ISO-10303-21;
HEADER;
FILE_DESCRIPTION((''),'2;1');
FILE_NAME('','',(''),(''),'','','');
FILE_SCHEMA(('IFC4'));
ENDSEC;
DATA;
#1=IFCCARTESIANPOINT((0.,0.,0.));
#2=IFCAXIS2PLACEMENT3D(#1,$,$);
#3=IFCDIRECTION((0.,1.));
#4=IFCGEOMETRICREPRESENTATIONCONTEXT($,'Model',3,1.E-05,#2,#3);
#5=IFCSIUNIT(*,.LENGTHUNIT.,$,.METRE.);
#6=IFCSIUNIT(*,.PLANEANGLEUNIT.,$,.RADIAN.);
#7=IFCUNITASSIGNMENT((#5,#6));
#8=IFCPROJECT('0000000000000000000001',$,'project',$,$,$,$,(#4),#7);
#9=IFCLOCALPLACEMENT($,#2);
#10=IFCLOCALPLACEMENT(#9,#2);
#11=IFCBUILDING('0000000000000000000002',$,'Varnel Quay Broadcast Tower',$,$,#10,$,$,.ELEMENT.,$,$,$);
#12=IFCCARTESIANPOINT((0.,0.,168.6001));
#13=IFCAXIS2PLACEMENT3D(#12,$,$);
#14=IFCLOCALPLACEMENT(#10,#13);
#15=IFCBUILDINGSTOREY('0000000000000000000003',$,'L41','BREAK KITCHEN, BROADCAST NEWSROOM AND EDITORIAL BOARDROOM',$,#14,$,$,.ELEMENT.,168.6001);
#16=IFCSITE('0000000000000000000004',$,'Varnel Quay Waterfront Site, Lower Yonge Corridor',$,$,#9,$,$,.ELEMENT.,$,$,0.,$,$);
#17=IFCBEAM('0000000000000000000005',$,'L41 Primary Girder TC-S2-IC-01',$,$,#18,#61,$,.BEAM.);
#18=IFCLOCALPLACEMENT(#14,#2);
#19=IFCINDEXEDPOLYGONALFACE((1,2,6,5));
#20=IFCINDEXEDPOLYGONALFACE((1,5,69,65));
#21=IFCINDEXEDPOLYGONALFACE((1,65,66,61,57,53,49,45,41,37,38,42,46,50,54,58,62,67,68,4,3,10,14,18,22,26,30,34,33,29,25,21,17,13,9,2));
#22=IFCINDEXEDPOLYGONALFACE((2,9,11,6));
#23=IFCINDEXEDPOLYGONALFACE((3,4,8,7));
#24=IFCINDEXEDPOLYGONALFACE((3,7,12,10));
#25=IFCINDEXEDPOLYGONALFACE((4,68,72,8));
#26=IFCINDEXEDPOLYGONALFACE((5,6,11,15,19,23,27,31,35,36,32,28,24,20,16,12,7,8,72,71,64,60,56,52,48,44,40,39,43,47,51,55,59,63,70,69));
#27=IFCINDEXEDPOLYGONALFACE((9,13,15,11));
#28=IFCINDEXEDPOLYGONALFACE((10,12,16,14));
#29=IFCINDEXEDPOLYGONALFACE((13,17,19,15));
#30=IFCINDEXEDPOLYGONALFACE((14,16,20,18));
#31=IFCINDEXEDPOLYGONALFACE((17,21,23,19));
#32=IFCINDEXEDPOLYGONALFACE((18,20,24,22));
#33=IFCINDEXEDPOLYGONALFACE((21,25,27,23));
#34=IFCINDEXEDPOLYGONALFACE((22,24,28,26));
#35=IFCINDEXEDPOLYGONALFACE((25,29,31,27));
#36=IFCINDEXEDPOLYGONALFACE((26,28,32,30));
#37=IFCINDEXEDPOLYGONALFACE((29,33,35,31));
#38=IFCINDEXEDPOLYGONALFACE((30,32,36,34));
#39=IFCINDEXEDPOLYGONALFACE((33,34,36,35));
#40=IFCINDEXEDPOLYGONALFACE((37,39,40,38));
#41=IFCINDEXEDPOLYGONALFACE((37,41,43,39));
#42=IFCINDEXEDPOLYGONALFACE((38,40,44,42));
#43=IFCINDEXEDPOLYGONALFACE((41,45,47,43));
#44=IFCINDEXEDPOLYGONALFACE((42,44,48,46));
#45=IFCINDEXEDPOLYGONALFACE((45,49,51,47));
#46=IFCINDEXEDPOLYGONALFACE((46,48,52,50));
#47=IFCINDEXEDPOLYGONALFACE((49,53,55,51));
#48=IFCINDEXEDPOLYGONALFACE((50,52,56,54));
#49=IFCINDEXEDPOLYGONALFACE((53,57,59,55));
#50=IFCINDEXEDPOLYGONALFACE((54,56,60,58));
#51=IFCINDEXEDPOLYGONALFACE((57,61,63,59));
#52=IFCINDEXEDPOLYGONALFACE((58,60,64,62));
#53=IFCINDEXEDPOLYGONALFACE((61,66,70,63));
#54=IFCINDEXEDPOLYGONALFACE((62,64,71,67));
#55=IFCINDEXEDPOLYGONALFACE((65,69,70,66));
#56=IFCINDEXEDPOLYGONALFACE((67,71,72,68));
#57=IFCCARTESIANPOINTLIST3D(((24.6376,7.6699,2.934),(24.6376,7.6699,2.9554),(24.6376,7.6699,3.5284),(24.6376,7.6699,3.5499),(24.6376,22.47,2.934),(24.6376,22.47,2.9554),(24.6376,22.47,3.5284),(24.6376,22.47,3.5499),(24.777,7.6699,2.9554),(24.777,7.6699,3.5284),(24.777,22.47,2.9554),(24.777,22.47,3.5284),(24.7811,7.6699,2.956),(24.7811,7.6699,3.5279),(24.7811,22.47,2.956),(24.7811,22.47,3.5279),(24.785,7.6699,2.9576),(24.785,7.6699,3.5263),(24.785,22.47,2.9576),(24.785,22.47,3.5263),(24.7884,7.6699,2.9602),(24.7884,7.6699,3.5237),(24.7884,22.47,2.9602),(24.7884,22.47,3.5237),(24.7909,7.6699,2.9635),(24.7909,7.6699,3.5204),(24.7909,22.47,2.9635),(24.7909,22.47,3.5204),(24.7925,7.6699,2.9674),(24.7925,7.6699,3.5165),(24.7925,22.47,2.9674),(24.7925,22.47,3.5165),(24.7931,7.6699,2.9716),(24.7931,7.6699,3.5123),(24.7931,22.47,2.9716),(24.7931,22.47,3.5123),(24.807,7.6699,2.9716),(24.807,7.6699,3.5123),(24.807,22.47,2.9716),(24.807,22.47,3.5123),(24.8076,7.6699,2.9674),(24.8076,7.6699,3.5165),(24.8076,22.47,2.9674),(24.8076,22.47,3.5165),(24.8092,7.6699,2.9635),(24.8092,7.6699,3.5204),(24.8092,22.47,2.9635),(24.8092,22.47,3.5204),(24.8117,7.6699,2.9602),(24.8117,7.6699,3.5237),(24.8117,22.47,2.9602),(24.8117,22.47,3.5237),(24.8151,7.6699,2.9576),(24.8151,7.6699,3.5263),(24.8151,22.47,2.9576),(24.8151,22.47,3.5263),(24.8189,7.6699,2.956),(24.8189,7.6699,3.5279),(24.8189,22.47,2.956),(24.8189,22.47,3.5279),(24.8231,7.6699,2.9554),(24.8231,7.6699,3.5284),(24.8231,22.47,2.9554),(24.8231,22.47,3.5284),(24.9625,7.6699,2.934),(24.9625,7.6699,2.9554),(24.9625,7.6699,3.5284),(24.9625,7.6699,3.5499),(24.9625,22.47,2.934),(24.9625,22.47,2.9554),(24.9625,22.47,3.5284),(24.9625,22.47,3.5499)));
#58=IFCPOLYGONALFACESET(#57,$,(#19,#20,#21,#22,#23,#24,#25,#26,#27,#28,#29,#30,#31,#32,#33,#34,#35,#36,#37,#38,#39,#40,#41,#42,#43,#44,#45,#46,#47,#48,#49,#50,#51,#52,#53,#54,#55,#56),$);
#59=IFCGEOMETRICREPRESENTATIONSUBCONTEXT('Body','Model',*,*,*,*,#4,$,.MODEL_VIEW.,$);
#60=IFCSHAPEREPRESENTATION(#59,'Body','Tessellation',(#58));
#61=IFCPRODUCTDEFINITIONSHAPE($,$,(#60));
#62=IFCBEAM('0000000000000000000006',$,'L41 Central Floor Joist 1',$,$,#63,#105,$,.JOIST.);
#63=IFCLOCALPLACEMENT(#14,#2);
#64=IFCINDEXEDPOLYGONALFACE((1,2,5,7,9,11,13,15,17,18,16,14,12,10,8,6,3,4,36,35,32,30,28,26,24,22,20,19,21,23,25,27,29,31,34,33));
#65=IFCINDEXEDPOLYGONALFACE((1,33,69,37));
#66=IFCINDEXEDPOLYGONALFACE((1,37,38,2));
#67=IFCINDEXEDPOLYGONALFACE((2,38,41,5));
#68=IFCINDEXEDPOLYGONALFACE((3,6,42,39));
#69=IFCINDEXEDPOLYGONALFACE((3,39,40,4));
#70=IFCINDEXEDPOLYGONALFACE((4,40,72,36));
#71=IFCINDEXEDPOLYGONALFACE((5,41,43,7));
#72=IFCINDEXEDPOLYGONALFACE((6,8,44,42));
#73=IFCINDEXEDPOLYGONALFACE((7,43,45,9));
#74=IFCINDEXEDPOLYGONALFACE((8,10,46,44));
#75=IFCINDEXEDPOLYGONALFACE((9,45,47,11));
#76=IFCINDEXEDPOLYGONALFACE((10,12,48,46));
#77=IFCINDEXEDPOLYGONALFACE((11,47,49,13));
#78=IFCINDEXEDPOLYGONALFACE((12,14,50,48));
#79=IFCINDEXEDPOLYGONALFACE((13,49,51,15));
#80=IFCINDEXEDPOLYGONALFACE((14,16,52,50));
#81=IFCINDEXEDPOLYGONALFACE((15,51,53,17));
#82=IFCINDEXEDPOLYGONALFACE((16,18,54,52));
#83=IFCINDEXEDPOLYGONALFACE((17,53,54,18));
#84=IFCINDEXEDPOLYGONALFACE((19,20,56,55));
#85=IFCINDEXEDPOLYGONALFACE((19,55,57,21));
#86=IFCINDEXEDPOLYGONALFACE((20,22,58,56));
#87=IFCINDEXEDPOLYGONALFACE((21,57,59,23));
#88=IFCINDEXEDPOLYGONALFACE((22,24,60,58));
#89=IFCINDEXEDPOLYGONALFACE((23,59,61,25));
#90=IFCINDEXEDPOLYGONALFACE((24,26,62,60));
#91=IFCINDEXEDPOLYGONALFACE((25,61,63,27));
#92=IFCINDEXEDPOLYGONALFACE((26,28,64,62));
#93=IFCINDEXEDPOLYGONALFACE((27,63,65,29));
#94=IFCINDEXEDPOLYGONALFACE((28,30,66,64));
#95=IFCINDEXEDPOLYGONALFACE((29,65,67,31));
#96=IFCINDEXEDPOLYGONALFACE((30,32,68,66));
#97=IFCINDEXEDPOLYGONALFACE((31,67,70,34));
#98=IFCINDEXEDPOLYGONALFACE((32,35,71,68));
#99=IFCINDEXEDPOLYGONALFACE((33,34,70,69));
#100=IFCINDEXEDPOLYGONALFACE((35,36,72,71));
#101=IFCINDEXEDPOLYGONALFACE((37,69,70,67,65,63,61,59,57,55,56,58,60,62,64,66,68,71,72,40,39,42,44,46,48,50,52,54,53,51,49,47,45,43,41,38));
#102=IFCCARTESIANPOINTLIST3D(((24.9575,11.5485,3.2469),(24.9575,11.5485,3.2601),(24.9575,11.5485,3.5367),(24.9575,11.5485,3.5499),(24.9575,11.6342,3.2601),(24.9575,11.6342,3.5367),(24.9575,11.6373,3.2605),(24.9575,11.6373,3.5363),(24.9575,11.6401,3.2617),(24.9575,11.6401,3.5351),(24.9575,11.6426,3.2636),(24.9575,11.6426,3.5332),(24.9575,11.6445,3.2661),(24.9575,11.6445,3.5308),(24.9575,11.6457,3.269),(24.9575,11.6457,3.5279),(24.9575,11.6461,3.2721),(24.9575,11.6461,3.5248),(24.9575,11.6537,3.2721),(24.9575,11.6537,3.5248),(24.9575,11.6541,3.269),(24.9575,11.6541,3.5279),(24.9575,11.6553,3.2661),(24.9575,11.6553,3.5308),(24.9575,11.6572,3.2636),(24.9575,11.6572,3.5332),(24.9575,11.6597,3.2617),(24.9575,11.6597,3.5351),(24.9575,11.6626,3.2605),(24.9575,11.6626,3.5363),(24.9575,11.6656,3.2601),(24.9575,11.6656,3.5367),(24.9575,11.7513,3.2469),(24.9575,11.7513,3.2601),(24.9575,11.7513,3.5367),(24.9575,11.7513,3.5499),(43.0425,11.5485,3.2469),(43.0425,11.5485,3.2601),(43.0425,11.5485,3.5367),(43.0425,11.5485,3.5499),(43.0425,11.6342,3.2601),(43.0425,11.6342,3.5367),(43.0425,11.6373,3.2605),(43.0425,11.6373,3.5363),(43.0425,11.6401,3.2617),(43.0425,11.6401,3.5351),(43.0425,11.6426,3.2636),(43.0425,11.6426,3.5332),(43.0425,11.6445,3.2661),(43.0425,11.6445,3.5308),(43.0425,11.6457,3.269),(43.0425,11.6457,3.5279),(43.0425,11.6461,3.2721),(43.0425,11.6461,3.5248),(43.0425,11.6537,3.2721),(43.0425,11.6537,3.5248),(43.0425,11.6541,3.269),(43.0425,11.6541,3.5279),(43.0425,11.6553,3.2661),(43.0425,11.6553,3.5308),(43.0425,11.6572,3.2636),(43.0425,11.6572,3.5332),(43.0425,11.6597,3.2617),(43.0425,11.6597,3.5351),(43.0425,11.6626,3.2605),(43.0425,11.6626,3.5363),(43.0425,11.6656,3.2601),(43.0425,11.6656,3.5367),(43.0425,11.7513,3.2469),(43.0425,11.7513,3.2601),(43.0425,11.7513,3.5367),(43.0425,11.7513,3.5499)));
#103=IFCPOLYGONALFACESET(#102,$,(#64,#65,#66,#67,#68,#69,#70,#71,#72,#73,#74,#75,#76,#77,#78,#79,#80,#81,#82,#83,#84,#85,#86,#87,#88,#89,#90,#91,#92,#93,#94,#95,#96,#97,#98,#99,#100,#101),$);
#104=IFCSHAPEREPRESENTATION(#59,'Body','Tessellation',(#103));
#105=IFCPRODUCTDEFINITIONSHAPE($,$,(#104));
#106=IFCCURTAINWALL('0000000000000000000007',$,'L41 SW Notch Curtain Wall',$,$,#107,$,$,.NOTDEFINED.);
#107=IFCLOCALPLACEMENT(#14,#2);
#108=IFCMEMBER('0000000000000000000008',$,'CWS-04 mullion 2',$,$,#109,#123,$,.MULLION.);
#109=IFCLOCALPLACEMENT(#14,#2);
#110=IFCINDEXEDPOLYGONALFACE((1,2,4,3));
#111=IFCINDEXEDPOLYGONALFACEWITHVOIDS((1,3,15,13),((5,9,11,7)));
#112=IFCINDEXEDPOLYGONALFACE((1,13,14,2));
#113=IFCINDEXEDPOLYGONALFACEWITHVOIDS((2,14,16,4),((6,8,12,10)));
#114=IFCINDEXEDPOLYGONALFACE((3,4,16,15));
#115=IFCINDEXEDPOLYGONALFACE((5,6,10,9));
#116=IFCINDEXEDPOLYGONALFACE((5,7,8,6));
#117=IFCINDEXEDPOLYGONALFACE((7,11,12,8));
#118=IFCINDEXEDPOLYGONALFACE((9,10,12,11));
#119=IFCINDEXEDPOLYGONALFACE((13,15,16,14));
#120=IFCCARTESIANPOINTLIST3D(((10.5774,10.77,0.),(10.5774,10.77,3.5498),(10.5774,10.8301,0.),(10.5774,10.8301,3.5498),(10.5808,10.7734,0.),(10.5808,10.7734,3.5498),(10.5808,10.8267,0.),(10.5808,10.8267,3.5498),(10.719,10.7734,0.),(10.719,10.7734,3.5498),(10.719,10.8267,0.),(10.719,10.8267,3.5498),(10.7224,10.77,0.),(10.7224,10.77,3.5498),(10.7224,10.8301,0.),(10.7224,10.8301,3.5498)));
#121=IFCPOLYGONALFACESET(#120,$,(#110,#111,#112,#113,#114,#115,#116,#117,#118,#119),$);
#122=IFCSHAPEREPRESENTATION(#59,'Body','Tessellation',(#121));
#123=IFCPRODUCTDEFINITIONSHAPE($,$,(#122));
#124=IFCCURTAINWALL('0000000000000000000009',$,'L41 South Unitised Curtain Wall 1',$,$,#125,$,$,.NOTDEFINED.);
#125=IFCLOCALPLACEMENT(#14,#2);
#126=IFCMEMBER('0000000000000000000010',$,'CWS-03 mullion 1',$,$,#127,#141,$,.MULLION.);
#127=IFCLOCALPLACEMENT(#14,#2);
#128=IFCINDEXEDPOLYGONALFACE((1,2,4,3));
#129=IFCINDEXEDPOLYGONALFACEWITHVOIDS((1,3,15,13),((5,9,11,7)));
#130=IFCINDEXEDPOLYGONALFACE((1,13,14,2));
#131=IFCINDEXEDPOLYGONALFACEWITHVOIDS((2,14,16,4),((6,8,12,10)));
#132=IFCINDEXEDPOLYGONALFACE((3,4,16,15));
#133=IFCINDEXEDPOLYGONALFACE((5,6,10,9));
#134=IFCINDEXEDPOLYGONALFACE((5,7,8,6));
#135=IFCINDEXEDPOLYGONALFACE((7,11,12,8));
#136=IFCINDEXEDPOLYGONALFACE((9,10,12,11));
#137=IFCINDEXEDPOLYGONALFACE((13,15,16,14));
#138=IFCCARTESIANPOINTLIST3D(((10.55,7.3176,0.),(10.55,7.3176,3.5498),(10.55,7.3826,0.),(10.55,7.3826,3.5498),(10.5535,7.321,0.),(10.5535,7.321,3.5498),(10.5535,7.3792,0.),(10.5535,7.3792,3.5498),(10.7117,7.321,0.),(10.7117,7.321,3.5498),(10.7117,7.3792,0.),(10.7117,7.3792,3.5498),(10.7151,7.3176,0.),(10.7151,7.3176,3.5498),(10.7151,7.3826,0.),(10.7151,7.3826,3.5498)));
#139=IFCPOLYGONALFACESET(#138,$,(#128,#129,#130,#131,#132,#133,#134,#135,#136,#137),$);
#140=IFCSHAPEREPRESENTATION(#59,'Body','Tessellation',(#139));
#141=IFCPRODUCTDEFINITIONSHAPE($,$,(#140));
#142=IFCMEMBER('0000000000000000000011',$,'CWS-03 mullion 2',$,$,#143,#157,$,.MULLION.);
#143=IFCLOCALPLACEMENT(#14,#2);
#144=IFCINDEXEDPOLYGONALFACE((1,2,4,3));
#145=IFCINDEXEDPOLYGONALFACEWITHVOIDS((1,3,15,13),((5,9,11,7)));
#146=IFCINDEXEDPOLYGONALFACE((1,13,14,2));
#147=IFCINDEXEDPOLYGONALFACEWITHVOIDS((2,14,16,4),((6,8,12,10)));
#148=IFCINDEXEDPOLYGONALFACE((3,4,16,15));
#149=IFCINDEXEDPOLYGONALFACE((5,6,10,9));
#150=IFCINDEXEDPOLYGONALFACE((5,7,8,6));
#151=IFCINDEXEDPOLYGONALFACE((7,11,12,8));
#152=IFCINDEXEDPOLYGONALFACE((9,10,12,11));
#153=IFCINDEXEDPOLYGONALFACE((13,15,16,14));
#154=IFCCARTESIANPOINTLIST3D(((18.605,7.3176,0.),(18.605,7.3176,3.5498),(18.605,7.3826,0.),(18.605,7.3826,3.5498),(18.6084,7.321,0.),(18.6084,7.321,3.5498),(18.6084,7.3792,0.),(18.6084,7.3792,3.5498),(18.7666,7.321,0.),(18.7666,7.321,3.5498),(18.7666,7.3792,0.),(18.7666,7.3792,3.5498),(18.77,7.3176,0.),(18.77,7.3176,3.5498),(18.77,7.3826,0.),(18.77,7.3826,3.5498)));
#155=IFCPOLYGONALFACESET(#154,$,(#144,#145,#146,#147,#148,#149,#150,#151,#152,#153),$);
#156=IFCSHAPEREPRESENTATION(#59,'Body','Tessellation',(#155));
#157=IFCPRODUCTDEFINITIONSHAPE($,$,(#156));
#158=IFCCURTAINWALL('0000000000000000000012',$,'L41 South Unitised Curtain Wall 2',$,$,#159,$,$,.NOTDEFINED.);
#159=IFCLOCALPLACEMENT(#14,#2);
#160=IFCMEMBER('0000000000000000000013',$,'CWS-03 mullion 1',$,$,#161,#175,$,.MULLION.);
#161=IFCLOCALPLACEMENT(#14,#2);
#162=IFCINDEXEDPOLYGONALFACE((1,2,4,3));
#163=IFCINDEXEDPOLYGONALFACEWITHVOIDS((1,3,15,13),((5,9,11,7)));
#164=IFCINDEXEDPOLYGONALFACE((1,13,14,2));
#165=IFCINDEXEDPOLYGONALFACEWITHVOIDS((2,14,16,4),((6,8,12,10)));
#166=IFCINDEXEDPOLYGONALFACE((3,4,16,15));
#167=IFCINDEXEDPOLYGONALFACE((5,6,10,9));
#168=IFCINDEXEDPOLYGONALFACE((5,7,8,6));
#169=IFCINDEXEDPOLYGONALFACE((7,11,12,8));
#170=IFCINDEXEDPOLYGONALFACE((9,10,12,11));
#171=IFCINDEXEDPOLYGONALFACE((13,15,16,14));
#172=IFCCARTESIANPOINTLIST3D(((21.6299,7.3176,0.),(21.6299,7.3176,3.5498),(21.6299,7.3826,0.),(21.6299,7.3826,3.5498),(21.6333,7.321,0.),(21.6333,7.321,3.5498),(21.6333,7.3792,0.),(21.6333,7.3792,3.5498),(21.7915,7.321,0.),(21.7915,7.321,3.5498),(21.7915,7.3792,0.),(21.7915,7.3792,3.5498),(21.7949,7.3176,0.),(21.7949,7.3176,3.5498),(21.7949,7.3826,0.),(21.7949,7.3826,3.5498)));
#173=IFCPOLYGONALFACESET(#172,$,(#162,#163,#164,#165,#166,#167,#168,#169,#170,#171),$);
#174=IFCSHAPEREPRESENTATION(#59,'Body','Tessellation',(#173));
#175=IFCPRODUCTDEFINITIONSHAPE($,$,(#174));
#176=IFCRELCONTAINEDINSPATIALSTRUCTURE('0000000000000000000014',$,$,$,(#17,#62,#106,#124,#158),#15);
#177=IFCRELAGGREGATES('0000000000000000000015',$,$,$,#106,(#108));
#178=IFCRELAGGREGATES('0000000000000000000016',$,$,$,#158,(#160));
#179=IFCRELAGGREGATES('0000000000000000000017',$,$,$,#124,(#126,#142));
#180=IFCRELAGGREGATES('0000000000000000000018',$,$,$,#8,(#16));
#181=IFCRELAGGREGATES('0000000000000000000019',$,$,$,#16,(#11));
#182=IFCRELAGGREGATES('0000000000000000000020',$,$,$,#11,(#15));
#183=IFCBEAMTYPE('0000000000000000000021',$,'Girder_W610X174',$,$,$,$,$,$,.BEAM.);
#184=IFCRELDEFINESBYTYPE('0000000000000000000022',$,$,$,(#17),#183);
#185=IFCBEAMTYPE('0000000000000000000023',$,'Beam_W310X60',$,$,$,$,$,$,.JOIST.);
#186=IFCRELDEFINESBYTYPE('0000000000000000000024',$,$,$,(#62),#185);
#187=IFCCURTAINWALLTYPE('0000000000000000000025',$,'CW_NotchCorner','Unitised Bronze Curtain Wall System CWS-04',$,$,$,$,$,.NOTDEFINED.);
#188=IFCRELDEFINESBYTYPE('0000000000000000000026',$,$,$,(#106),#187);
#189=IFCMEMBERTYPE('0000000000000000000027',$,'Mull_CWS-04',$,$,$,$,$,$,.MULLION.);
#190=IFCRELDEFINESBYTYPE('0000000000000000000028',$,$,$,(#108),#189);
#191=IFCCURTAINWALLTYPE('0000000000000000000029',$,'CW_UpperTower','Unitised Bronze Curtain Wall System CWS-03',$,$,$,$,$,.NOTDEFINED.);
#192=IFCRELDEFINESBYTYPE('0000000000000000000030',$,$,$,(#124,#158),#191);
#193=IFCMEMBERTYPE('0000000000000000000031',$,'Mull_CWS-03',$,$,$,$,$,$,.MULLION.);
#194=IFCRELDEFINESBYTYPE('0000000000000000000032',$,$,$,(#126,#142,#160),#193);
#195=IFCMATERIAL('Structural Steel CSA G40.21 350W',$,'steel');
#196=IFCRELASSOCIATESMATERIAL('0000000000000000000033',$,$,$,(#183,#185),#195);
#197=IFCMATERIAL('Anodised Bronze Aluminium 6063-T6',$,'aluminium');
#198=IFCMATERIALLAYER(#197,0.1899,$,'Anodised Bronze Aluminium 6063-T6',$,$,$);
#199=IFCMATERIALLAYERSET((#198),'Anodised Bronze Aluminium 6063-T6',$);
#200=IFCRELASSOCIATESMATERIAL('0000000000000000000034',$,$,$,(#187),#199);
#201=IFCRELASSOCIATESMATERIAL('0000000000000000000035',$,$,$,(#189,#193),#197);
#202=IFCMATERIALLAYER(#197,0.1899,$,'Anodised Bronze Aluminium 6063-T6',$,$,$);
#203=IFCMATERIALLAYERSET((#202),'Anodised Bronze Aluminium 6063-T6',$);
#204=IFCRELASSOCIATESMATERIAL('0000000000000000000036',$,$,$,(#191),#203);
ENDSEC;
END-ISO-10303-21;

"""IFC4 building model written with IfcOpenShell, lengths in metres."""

from ifc_helpers import new_model, si_unit, direction, frame, origin, origin_2d, place, context, subcontext, project, spatial, hollow_rectangle, i_section, extrude, source, transform, mapped, material, layer, layer_set, material_profile, profile_set, type_object, type_shapes, element, aggregate, save


model = new_model("IFC4")

# Units and contexts
model_context = context("Model", 3, precision=1e-05, world=origin(), true_north=direction((0.0, 1.0)))
body_context = subcontext(model_context, "Body", "Model", "MODEL_VIEW")
ifc_project = project(units=[si_unit("LENGTHUNIT", "METRE"), si_unit("PLANEANGLEUNIT", "RADIAN")], contexts=[model_context])

# Site, building, storey
site_placement = place(None, origin())
site = spatial("IfcSite", under=ifc_project, at=site_placement, Name="Varnel Quay Waterfront Site, Lower Yonge Corridor", CompositionType="ELEMENT", RefElevation=0.0)
building_placement = place(site_placement, origin())
building = spatial("IfcBuilding", under=site, at=building_placement, Name="Varnel Quay Broadcast Tower", CompositionType="ELEMENT")
storey_placement = place(building_placement, frame((0.0, 0.0, 168.6001)))
storey = spatial("IfcBuildingStorey", under=building, at=storey_placement, Name="L41", Description="BREAK KITCHEN, BROADCAST NEWSROOM AND EDITORIAL BOARDROOM", CompositionType="ELEMENT", Elevation=168.6001)

# Shared definitions
ifc_material_1 = material(Name="Structural Steel CSA G40.21 350W", Category="steel")

# Beams
ifc_material_profile_1 = material_profile(ifc_material_1, i_section(OverallWidth=0.325, OverallDepth=0.616, WebThickness=0.0139, FlangeThickness=0.0215, FilletRadius=0.0161, at=origin_2d()), Name="W610X174")
ifc_profile_set_1 = profile_set([ifc_material_profile_1], Name="Structural Steel CSA G40.21 350W")
beam_type_1 = type_object("IfcBeamType", Name="Girder_W610X174", PredefinedType="BEAM", material=ifc_profile_set_1)
shared_shape_1 = source(origin(), body_context, "Body", "SweptSolid", [
    extrude(i_section(OverallWidth=0.325, OverallDepth=0.616, WebThickness=0.0139, FlangeThickness=0.0215, FilletRadius=0.0161, at=origin_2d()), origin(), (0.0, 0.0, 1.0), 14.8),
])
type_shapes(beam_type_1, [shared_shape_1])
beam_1_placement = place(storey_placement, frame((24.8, 7.6699, 3.2419), z_axis=(0.0, 1.0, 0.0), x_axis=(-1.0, 0.0, 0.0)))
element("IfcBeam", 1, at=beam_1_placement, inside=storey, type_object=beam_type_1, Name="L41 Primary Girder TC-S2-IC-01", PredefinedType="BEAM", context=body_context, shape_type="MappedRepresentation", body=[
    mapped(shared_shape_1, transform((0.0, 0.0, 0.0), x_axis=(1.0, 0.0, 0.0), y_axis=(0.0, 1.0, 0.0), z_axis=(0.0, 0.0, 1.0), scale=1.0)),
])
ifc_material_profile_2 = material_profile(ifc_material_1, i_section(OverallWidth=0.2029, OverallDepth=0.303, WebThickness=0.0076, FlangeThickness=0.0132, FilletRadius=0.012, at=origin_2d()), Name="W310X60")
ifc_profile_set_2 = profile_set([ifc_material_profile_2], Name="Structural Steel CSA G40.21 350W")
beam_type_2 = type_object("IfcBeamType", Name="Beam_W310X60", PredefinedType="JOIST", material=ifc_profile_set_2)
shared_shape_2 = source(origin(), body_context, "Body", "SweptSolid", [
    extrude(i_section(OverallWidth=0.2029, OverallDepth=0.303, WebThickness=0.0076, FlangeThickness=0.0132, FilletRadius=0.012, at=origin_2d()), origin(), (0.0, 0.0, 1.0), 18.085),
])
type_shapes(beam_type_2, [shared_shape_2])
beam_2_placement = place(storey_placement, frame((24.9575, 11.6499, 3.3984), z_axis=(1.0, 0.0, 0.0), x_axis=(0.0, 1.0, 0.0)))
element("IfcBeam", 2, at=beam_2_placement, inside=storey, type_object=beam_type_2, Name="L41 Central Floor Joist 1", PredefinedType="JOIST", context=body_context, shape_type="MappedRepresentation", body=[
    mapped(shared_shape_2, transform((0.0, 0.0, 0.0), x_axis=(1.0, 0.0, 0.0), y_axis=(0.0, 1.0, 0.0), z_axis=(0.0, 0.0, 1.0), scale=1.0)),
])

# Curtain wall, member
ifc_material_2 = material(Name="Anodised Bronze Aluminium 6063-T6", Category="aluminium")
ifc_layer_1 = layer(ifc_material_2, 0.1899, Name="Anodised Bronze Aluminium 6063-T6")
ifc_layer_set_1 = layer_set([ifc_layer_1], Name="Anodised Bronze Aluminium 6063-T6")
curtain_wall_type_1 = type_object("IfcCurtainWallType", Name="CW_NotchCorner", Description="Unitised Bronze Curtain Wall System CWS-04", PredefinedType="NOTDEFINED", material=ifc_layer_set_1)
curtain_wall_1_placement = place(storey_placement, origin())
curtain_wall_1 = element("IfcCurtainWall", 3, at=curtain_wall_1_placement, inside=storey, type_object=curtain_wall_type_1, Name="L41 SW Notch Curtain Wall", PredefinedType="NOTDEFINED")
ifc_material_profile_3 = material_profile(ifc_material_2, hollow_rectangle(XDim=0.0601, YDim=0.145, WallThickness=0.0034, at=origin_2d()), Name="ALU60X145X3.5")
ifc_profile_set_3 = profile_set([ifc_material_profile_3], Name="Anodised Bronze Aluminium 6063-T6")
member_type_1 = type_object("IfcMemberType", Name="Mull_CWS-04", PredefinedType="MULLION", material=ifc_profile_set_3)
shared_shape_3 = source(origin(), body_context, "Body", "SweptSolid", [
    extrude(hollow_rectangle(XDim=0.0601, YDim=0.145, WallThickness=0.0034, at=origin_2d()), origin(), (0.0, 0.0, 1.0), 3.5498),
])
type_shapes(member_type_1, [shared_shape_3])
member_1_placement = place(storey_placement, frame((10.6499, 10.8, 0.0), z_axis=(0.0, 0.0, 1.0), x_axis=(0.0, 1.0, 0.0)))
member_1 = element("IfcMember", 4, at=member_1_placement, type_object=member_type_1, Name="CWS-04 mullion 2", PredefinedType="MULLION", context=body_context, shape_type="MappedRepresentation", body=[
    mapped(shared_shape_3, transform((0.0, 0.0, 0.0), x_axis=(1.0, 0.0, 0.0), y_axis=(0.0, 1.0, 0.0), z_axis=(0.0, 0.0, 1.0), scale=1.0)),
])
aggregate(curtain_wall_1, [member_1])

# Curtain wall, members
ifc_layer_2 = layer(ifc_material_2, 0.1899, Name="Anodised Bronze Aluminium 6063-T6")
ifc_layer_set_2 = layer_set([ifc_layer_2], Name="Anodised Bronze Aluminium 6063-T6")
curtain_wall_type_2 = type_object("IfcCurtainWallType", Name="CW_UpperTower", Description="Unitised Bronze Curtain Wall System CWS-03", PredefinedType="NOTDEFINED", material=ifc_layer_set_2)
curtain_wall_2_placement = place(storey_placement, origin())
curtain_wall_2 = element("IfcCurtainWall", 5, at=curtain_wall_2_placement, inside=storey, type_object=curtain_wall_type_2, Name="L41 South Unitised Curtain Wall 1", PredefinedType="NOTDEFINED")
ifc_material_profile_4 = material_profile(ifc_material_2, hollow_rectangle(XDim=0.0649, YDim=0.165, WallThickness=0.0034, at=origin_2d()), Name="ALU65X165X3.5")
ifc_profile_set_4 = profile_set([ifc_material_profile_4], Name="Anodised Bronze Aluminium 6063-T6")
member_type_2 = type_object("IfcMemberType", Name="Mull_CWS-03", PredefinedType="MULLION", material=ifc_profile_set_4)
shared_shape_4 = source(origin(), body_context, "Body", "SweptSolid", [
    extrude(hollow_rectangle(XDim=0.0649, YDim=0.165, WallThickness=0.0034, at=origin_2d()), origin(), (0.0, 0.0, 1.0), 3.5498),
])
type_shapes(member_type_2, [shared_shape_4])
member_2_placement = place(storey_placement, frame((10.6326, 7.3501, 0.0), z_axis=(0.0, 0.0, 1.0), x_axis=(0.0, 1.0, 0.0)))
member_2 = element("IfcMember", 6, at=member_2_placement, type_object=member_type_2, Name="CWS-03 mullion 1", PredefinedType="MULLION", context=body_context, shape_type="MappedRepresentation", body=[
    mapped(shared_shape_4, transform((0.0, 0.0, 0.0), x_axis=(1.0, 0.0, 0.0), y_axis=(0.0, 1.0, 0.0), z_axis=(0.0, 0.0, 1.0), scale=1.0)),
])
member_3_placement = place(storey_placement, frame((18.6875, 7.3501, 0.0), z_axis=(0.0, 0.0, 1.0), x_axis=(0.0, 1.0, 0.0)))
member_3 = element("IfcMember", 7, at=member_3_placement, type_object=member_type_2, Name="CWS-03 mullion 2", PredefinedType="MULLION", context=body_context, shape_type="MappedRepresentation", body=[
    mapped(shared_shape_4, transform((0.0, 0.0, 0.0), x_axis=(1.0, 0.0, 0.0), y_axis=(0.0, 1.0, 0.0), z_axis=(0.0, 0.0, 1.0), scale=1.0)),
])

# Curtain wall, member
curtain_wall_3_placement = place(storey_placement, origin())
curtain_wall_3 = element("IfcCurtainWall", 8, at=curtain_wall_3_placement, inside=storey, type_object=curtain_wall_type_2, Name="L41 South Unitised Curtain Wall 2", PredefinedType="NOTDEFINED")
member_4_placement = place(storey_placement, frame((21.7124, 7.3501, 0.0), z_axis=(0.0, 0.0, 1.0), x_axis=(0.0, 1.0, 0.0)))
member_4 = element("IfcMember", 9, at=member_4_placement, type_object=member_type_2, Name="CWS-03 mullion 1", PredefinedType="MULLION", context=body_context, shape_type="MappedRepresentation", body=[
    mapped(shared_shape_4, transform((0.0, 0.0, 0.0), x_axis=(1.0, 0.0, 0.0), y_axis=(0.0, 1.0, 0.0), z_axis=(0.0, 0.0, 1.0), scale=1.0)),
])

aggregate(curtain_wall_3, [member_4])

aggregate(curtain_wall_2, [member_2, member_3])

save(model, "model.ifc")
